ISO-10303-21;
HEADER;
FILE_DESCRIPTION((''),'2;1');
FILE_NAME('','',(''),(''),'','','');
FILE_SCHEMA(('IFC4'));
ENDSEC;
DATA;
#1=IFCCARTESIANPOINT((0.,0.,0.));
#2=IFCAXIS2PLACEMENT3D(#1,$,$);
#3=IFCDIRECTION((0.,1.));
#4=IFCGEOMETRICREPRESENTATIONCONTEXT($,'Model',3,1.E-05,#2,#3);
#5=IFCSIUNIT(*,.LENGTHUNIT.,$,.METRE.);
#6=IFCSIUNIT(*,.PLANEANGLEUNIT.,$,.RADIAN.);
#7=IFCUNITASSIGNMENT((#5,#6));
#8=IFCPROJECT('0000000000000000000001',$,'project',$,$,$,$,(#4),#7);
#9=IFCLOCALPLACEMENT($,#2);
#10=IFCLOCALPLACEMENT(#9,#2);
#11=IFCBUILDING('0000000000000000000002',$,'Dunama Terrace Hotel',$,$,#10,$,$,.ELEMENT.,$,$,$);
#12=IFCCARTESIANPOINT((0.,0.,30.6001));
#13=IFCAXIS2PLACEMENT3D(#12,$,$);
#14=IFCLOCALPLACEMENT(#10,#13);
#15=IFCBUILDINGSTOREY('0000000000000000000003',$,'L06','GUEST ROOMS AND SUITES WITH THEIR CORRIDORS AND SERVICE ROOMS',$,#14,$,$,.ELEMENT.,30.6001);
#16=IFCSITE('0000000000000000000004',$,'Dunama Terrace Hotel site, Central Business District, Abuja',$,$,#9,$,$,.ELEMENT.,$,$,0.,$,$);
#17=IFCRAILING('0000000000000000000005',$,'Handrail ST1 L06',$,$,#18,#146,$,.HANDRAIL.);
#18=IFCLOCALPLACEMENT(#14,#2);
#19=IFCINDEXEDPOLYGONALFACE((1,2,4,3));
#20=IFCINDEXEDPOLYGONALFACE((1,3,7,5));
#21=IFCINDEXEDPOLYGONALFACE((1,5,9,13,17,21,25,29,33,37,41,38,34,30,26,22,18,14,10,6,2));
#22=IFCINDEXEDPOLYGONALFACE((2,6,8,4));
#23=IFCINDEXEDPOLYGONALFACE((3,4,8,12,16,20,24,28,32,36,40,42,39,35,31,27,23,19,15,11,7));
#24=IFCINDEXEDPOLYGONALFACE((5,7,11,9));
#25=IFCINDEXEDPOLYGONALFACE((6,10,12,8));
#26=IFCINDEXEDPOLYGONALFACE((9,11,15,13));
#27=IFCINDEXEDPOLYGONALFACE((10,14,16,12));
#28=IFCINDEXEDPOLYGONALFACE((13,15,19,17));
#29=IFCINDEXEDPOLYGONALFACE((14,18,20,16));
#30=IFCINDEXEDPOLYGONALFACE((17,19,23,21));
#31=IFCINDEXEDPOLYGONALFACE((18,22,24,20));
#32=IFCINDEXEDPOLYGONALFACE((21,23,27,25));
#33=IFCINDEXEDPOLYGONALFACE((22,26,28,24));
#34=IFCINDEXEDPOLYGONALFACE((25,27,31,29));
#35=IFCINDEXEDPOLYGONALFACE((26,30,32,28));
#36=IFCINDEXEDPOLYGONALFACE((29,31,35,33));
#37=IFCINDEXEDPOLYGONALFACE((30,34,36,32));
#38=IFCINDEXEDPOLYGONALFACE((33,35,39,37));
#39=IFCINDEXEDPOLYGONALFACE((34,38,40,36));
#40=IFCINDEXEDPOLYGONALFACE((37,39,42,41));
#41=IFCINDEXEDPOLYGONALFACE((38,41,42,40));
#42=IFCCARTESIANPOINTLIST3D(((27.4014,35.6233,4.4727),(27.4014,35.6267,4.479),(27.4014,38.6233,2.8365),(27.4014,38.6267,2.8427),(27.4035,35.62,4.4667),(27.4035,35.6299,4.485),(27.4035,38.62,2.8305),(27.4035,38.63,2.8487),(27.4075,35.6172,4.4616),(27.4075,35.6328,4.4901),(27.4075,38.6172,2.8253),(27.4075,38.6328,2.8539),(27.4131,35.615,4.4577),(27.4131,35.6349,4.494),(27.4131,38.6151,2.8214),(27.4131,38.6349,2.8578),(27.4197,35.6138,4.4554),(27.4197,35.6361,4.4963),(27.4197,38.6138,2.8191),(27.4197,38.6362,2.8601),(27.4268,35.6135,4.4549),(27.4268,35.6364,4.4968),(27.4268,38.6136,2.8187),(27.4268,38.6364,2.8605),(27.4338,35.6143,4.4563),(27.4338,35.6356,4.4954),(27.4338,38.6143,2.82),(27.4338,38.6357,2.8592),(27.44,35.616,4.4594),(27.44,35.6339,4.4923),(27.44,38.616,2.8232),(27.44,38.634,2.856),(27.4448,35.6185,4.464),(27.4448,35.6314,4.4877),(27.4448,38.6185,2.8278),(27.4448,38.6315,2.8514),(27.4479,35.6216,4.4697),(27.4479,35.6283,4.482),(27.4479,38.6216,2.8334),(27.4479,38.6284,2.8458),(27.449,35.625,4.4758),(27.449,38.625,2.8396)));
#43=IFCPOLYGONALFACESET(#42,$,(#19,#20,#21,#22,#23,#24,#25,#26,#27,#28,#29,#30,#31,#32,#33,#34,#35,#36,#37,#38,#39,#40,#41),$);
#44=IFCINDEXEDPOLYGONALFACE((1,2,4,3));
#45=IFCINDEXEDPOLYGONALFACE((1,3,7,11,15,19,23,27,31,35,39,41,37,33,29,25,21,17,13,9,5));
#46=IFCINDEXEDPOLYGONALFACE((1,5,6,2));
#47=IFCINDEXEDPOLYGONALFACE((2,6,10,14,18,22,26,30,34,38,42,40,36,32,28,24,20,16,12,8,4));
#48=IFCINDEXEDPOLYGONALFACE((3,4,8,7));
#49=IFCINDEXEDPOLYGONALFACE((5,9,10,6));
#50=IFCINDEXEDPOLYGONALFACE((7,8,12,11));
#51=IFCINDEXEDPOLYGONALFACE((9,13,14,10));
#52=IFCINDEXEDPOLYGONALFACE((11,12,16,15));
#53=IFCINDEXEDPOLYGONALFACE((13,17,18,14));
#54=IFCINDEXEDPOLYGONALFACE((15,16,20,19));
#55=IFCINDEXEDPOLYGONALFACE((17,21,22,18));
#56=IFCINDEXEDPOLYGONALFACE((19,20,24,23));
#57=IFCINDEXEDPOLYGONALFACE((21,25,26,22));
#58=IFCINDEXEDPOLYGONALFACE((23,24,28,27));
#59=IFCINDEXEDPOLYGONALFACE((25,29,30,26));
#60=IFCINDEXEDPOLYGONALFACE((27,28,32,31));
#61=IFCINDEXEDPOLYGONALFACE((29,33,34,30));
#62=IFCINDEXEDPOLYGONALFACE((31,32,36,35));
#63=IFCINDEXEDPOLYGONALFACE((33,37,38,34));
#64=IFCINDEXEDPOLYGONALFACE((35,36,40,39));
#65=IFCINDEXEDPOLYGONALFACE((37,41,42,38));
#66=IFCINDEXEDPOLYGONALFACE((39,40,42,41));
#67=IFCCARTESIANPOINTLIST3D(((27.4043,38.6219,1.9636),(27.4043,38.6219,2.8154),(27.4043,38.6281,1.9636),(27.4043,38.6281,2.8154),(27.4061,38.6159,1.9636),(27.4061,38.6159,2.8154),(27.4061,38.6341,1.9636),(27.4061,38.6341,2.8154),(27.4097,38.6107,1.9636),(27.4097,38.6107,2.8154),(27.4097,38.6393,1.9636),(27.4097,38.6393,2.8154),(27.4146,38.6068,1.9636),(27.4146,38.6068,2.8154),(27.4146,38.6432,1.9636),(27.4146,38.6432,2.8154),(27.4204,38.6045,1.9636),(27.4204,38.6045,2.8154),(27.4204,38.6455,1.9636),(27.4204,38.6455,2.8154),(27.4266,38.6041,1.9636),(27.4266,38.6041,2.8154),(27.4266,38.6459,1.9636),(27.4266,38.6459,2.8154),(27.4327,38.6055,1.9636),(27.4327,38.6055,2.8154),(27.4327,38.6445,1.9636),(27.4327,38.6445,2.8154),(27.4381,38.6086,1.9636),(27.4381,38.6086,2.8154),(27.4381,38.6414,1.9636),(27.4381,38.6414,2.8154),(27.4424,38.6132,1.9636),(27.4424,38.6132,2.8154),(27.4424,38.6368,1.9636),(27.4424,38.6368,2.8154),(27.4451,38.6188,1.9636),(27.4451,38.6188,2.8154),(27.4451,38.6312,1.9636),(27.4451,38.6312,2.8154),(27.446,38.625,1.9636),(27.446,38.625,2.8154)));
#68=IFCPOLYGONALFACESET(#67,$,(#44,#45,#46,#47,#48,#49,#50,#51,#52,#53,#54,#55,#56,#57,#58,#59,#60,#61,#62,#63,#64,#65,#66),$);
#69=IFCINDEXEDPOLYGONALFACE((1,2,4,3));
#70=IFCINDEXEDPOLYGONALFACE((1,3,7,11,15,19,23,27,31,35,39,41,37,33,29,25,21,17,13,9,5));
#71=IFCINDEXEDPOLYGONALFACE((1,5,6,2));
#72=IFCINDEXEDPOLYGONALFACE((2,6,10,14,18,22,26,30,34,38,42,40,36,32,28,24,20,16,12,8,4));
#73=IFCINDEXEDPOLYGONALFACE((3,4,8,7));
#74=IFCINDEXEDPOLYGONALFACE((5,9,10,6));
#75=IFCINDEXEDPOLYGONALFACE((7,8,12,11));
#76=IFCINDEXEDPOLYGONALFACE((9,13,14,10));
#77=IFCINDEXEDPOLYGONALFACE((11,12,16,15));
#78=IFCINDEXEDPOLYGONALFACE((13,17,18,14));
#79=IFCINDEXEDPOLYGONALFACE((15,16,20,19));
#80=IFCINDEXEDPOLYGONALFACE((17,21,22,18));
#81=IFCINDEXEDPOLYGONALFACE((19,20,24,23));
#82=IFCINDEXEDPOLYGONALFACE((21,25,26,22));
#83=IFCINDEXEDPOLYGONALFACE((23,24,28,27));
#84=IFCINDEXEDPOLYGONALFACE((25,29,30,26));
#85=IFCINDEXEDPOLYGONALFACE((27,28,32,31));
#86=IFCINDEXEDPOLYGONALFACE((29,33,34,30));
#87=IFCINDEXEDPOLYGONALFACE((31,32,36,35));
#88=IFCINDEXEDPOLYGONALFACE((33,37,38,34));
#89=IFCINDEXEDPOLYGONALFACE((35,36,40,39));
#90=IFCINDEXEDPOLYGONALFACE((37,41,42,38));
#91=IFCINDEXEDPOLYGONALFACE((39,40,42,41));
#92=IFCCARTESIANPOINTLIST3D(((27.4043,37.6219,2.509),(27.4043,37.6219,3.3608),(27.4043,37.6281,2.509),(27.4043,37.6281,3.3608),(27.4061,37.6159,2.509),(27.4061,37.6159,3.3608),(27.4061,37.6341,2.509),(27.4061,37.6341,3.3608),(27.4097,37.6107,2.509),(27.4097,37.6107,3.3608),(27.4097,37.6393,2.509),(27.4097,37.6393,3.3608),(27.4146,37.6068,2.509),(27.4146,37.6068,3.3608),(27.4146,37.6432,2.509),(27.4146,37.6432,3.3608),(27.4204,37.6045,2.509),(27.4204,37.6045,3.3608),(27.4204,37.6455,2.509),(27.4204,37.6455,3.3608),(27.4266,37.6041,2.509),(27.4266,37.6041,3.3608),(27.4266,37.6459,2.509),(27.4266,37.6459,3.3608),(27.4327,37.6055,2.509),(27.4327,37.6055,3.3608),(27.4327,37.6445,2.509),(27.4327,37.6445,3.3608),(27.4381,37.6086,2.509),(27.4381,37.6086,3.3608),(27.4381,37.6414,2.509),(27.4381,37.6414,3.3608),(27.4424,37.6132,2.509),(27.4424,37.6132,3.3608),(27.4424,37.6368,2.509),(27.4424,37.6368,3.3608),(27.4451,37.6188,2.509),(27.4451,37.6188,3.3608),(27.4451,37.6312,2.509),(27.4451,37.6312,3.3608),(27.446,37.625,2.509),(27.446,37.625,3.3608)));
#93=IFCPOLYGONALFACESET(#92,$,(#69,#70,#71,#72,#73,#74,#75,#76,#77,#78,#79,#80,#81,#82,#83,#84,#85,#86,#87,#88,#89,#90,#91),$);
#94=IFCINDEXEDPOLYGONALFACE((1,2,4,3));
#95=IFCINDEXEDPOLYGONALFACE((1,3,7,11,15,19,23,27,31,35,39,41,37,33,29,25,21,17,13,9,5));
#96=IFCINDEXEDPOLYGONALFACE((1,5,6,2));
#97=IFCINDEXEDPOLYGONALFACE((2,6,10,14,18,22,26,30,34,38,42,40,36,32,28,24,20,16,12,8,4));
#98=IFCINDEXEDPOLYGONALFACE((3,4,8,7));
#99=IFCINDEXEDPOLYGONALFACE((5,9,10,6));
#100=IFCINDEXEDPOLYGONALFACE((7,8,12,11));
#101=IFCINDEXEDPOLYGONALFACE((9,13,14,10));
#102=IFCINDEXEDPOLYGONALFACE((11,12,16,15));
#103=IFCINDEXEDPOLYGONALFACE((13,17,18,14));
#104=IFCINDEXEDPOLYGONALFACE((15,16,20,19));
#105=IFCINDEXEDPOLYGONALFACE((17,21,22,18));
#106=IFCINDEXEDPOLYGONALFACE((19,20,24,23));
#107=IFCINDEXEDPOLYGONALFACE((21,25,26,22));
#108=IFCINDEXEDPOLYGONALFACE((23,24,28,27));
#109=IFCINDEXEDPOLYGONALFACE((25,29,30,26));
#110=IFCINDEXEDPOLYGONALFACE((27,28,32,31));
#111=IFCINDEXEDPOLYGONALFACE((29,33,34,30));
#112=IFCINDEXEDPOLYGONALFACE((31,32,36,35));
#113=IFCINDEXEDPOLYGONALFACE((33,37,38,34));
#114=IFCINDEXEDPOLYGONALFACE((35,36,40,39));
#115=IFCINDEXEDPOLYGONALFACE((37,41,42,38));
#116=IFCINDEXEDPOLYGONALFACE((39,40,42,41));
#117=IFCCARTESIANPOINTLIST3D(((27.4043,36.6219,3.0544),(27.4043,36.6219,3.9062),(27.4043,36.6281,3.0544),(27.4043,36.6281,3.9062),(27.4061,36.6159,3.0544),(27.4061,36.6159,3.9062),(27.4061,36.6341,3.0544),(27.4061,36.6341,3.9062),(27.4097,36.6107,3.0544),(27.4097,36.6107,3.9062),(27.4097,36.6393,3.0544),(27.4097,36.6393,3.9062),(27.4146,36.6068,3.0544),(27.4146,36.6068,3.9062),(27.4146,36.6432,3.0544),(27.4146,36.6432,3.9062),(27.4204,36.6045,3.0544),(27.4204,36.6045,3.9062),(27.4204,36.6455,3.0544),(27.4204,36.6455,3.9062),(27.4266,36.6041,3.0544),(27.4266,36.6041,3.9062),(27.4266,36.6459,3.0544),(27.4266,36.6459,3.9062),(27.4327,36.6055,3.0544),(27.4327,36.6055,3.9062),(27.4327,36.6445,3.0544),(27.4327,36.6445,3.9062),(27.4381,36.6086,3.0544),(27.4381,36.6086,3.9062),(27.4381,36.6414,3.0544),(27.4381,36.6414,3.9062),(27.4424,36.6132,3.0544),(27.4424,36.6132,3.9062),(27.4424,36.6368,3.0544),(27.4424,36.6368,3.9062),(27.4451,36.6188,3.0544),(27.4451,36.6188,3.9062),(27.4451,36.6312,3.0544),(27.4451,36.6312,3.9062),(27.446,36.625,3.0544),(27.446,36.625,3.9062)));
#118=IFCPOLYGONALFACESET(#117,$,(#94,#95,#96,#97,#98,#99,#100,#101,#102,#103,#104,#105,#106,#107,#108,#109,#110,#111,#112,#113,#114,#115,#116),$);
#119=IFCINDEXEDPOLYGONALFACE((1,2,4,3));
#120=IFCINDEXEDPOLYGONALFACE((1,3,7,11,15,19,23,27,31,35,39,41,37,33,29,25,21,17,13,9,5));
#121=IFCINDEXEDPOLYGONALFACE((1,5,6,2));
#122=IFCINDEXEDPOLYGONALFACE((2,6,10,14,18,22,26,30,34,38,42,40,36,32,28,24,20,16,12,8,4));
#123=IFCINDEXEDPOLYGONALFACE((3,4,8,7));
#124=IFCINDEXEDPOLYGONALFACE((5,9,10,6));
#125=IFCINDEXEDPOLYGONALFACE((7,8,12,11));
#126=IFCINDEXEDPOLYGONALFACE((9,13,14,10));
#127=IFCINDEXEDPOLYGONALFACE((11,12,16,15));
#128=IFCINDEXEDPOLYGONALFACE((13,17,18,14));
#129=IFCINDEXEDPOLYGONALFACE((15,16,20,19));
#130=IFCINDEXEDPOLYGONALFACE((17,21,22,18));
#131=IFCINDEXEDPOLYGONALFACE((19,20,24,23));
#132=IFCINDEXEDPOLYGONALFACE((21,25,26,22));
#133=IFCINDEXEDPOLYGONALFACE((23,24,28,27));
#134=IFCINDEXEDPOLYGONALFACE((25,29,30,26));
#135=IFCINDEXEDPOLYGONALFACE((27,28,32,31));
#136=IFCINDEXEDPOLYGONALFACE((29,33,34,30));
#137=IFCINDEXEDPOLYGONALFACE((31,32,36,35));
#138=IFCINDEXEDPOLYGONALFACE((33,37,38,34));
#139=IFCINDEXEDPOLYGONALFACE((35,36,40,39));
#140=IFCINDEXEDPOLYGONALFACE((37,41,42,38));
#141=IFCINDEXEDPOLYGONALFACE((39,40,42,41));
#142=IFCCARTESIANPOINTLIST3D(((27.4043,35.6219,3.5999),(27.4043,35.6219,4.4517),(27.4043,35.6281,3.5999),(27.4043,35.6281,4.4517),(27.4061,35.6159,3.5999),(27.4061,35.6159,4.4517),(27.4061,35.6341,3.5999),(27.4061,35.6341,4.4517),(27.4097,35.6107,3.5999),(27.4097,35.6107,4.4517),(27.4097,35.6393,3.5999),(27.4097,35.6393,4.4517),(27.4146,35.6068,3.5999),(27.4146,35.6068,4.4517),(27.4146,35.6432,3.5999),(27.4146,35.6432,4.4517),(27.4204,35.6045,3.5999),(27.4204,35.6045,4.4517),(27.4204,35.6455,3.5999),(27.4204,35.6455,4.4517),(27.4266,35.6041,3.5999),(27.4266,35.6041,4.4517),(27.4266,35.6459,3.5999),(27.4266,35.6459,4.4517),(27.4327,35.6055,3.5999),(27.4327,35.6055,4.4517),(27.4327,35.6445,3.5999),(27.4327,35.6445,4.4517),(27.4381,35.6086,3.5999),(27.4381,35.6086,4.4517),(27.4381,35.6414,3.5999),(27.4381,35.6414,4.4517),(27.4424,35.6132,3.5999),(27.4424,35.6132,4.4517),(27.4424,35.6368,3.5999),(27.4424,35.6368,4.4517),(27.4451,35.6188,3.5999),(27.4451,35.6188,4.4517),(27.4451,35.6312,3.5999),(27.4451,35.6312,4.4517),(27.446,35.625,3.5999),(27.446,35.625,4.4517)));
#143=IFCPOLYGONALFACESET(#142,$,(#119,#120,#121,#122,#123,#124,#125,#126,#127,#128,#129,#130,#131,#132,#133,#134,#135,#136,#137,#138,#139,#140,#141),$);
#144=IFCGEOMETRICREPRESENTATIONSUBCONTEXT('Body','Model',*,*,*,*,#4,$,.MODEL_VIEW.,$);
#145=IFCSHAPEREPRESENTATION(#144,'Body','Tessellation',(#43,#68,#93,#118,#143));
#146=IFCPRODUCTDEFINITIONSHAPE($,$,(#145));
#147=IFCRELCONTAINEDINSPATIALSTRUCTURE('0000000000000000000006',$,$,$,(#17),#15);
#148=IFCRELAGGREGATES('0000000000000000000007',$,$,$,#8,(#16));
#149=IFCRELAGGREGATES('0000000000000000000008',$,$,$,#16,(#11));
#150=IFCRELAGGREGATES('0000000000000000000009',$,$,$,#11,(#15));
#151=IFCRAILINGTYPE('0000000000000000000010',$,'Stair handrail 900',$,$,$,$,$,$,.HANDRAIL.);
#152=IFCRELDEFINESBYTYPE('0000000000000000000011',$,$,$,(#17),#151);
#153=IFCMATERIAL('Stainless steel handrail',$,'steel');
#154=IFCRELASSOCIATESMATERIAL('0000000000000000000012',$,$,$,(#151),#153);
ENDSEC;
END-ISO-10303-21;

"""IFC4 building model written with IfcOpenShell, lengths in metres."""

from ifc_helpers import new_model, si_unit, direction, frame, origin, origin_2d, place, context, subcontext, project, spatial, circle, extrude, material, type_object, element, save


model = new_model("IFC4")

# Units and contexts
model_context = context("Model", 3, precision=1e-05, world=origin(), true_north=direction((0.0, 1.0)))
body_context = subcontext(model_context, "Body", "Model", "MODEL_VIEW")
ifc_project = project(units=[si_unit("LENGTHUNIT", "METRE"), si_unit("PLANEANGLEUNIT", "RADIAN")], contexts=[model_context])

# Site, building, storey
site_placement = place(None, origin())
site = spatial("IfcSite", under=ifc_project, at=site_placement, Name="Dunama Terrace Hotel site, Central Business District, Abuja", CompositionType="ELEMENT", RefElevation=0.0)
building_placement = place(site_placement, origin())
building = spatial("IfcBuilding", under=site, at=building_placement, Name="Dunama Terrace Hotel", CompositionType="ELEMENT")
storey_placement = place(building_placement, frame((0.0, 0.0, 30.6001)))
storey = spatial("IfcBuildingStorey", under=building, at=storey_placement, Name="L06", Description="GUEST ROOMS AND SUITES WITH THEIR CORRIDORS AND SERVICE ROOMS", CompositionType="ELEMENT", Elevation=30.6001)

# Railing
ifc_material_1 = material(Name="Stainless steel handrail", Category="steel")
railing_type = type_object("IfcRailingType", Name="Stair handrail 900", PredefinedType="HANDRAIL", material=ifc_material_1)
railing_1_placement = place(storey_placement, frame((27.425, 38.625, 1.9636)))
element("IfcRailing", 1, at=railing_1_placement, inside=storey, type_object=railing_type, Name="Handrail ST1 L06", PredefinedType="HANDRAIL", context=body_context, shape_type="SweptSolid", body=[
    extrude(circle(Radius=0.0239, at=origin_2d()), frame((0.0, 0.0, 0.876), z_axis=(0.0, -0.877912, 0.478822), x_axis=(1.0, 0.0, 0.0)), (0.0, 0.0, 1.0), 3.4172),
    extrude(circle(Radius=0.021, at=origin_2d()), origin(), (0.0, 0.0, 1.0), 0.8518),
    extrude(circle(Radius=0.021, at=origin_2d()), frame((0.0, -1.0, 0.5454)), (0.0, 0.0, 1.0), 0.8518),
    extrude(circle(Radius=0.021, at=origin_2d()), frame((0.0, -2.0, 1.0908)), (0.0, 0.0, 1.0), 0.8518),
    extrude(circle(Radius=0.021, at=origin_2d()), frame((0.0, -3.0, 1.6362)), (0.0, 0.0, 1.0), 0.8518),
])

save(model, "model.ifc")
